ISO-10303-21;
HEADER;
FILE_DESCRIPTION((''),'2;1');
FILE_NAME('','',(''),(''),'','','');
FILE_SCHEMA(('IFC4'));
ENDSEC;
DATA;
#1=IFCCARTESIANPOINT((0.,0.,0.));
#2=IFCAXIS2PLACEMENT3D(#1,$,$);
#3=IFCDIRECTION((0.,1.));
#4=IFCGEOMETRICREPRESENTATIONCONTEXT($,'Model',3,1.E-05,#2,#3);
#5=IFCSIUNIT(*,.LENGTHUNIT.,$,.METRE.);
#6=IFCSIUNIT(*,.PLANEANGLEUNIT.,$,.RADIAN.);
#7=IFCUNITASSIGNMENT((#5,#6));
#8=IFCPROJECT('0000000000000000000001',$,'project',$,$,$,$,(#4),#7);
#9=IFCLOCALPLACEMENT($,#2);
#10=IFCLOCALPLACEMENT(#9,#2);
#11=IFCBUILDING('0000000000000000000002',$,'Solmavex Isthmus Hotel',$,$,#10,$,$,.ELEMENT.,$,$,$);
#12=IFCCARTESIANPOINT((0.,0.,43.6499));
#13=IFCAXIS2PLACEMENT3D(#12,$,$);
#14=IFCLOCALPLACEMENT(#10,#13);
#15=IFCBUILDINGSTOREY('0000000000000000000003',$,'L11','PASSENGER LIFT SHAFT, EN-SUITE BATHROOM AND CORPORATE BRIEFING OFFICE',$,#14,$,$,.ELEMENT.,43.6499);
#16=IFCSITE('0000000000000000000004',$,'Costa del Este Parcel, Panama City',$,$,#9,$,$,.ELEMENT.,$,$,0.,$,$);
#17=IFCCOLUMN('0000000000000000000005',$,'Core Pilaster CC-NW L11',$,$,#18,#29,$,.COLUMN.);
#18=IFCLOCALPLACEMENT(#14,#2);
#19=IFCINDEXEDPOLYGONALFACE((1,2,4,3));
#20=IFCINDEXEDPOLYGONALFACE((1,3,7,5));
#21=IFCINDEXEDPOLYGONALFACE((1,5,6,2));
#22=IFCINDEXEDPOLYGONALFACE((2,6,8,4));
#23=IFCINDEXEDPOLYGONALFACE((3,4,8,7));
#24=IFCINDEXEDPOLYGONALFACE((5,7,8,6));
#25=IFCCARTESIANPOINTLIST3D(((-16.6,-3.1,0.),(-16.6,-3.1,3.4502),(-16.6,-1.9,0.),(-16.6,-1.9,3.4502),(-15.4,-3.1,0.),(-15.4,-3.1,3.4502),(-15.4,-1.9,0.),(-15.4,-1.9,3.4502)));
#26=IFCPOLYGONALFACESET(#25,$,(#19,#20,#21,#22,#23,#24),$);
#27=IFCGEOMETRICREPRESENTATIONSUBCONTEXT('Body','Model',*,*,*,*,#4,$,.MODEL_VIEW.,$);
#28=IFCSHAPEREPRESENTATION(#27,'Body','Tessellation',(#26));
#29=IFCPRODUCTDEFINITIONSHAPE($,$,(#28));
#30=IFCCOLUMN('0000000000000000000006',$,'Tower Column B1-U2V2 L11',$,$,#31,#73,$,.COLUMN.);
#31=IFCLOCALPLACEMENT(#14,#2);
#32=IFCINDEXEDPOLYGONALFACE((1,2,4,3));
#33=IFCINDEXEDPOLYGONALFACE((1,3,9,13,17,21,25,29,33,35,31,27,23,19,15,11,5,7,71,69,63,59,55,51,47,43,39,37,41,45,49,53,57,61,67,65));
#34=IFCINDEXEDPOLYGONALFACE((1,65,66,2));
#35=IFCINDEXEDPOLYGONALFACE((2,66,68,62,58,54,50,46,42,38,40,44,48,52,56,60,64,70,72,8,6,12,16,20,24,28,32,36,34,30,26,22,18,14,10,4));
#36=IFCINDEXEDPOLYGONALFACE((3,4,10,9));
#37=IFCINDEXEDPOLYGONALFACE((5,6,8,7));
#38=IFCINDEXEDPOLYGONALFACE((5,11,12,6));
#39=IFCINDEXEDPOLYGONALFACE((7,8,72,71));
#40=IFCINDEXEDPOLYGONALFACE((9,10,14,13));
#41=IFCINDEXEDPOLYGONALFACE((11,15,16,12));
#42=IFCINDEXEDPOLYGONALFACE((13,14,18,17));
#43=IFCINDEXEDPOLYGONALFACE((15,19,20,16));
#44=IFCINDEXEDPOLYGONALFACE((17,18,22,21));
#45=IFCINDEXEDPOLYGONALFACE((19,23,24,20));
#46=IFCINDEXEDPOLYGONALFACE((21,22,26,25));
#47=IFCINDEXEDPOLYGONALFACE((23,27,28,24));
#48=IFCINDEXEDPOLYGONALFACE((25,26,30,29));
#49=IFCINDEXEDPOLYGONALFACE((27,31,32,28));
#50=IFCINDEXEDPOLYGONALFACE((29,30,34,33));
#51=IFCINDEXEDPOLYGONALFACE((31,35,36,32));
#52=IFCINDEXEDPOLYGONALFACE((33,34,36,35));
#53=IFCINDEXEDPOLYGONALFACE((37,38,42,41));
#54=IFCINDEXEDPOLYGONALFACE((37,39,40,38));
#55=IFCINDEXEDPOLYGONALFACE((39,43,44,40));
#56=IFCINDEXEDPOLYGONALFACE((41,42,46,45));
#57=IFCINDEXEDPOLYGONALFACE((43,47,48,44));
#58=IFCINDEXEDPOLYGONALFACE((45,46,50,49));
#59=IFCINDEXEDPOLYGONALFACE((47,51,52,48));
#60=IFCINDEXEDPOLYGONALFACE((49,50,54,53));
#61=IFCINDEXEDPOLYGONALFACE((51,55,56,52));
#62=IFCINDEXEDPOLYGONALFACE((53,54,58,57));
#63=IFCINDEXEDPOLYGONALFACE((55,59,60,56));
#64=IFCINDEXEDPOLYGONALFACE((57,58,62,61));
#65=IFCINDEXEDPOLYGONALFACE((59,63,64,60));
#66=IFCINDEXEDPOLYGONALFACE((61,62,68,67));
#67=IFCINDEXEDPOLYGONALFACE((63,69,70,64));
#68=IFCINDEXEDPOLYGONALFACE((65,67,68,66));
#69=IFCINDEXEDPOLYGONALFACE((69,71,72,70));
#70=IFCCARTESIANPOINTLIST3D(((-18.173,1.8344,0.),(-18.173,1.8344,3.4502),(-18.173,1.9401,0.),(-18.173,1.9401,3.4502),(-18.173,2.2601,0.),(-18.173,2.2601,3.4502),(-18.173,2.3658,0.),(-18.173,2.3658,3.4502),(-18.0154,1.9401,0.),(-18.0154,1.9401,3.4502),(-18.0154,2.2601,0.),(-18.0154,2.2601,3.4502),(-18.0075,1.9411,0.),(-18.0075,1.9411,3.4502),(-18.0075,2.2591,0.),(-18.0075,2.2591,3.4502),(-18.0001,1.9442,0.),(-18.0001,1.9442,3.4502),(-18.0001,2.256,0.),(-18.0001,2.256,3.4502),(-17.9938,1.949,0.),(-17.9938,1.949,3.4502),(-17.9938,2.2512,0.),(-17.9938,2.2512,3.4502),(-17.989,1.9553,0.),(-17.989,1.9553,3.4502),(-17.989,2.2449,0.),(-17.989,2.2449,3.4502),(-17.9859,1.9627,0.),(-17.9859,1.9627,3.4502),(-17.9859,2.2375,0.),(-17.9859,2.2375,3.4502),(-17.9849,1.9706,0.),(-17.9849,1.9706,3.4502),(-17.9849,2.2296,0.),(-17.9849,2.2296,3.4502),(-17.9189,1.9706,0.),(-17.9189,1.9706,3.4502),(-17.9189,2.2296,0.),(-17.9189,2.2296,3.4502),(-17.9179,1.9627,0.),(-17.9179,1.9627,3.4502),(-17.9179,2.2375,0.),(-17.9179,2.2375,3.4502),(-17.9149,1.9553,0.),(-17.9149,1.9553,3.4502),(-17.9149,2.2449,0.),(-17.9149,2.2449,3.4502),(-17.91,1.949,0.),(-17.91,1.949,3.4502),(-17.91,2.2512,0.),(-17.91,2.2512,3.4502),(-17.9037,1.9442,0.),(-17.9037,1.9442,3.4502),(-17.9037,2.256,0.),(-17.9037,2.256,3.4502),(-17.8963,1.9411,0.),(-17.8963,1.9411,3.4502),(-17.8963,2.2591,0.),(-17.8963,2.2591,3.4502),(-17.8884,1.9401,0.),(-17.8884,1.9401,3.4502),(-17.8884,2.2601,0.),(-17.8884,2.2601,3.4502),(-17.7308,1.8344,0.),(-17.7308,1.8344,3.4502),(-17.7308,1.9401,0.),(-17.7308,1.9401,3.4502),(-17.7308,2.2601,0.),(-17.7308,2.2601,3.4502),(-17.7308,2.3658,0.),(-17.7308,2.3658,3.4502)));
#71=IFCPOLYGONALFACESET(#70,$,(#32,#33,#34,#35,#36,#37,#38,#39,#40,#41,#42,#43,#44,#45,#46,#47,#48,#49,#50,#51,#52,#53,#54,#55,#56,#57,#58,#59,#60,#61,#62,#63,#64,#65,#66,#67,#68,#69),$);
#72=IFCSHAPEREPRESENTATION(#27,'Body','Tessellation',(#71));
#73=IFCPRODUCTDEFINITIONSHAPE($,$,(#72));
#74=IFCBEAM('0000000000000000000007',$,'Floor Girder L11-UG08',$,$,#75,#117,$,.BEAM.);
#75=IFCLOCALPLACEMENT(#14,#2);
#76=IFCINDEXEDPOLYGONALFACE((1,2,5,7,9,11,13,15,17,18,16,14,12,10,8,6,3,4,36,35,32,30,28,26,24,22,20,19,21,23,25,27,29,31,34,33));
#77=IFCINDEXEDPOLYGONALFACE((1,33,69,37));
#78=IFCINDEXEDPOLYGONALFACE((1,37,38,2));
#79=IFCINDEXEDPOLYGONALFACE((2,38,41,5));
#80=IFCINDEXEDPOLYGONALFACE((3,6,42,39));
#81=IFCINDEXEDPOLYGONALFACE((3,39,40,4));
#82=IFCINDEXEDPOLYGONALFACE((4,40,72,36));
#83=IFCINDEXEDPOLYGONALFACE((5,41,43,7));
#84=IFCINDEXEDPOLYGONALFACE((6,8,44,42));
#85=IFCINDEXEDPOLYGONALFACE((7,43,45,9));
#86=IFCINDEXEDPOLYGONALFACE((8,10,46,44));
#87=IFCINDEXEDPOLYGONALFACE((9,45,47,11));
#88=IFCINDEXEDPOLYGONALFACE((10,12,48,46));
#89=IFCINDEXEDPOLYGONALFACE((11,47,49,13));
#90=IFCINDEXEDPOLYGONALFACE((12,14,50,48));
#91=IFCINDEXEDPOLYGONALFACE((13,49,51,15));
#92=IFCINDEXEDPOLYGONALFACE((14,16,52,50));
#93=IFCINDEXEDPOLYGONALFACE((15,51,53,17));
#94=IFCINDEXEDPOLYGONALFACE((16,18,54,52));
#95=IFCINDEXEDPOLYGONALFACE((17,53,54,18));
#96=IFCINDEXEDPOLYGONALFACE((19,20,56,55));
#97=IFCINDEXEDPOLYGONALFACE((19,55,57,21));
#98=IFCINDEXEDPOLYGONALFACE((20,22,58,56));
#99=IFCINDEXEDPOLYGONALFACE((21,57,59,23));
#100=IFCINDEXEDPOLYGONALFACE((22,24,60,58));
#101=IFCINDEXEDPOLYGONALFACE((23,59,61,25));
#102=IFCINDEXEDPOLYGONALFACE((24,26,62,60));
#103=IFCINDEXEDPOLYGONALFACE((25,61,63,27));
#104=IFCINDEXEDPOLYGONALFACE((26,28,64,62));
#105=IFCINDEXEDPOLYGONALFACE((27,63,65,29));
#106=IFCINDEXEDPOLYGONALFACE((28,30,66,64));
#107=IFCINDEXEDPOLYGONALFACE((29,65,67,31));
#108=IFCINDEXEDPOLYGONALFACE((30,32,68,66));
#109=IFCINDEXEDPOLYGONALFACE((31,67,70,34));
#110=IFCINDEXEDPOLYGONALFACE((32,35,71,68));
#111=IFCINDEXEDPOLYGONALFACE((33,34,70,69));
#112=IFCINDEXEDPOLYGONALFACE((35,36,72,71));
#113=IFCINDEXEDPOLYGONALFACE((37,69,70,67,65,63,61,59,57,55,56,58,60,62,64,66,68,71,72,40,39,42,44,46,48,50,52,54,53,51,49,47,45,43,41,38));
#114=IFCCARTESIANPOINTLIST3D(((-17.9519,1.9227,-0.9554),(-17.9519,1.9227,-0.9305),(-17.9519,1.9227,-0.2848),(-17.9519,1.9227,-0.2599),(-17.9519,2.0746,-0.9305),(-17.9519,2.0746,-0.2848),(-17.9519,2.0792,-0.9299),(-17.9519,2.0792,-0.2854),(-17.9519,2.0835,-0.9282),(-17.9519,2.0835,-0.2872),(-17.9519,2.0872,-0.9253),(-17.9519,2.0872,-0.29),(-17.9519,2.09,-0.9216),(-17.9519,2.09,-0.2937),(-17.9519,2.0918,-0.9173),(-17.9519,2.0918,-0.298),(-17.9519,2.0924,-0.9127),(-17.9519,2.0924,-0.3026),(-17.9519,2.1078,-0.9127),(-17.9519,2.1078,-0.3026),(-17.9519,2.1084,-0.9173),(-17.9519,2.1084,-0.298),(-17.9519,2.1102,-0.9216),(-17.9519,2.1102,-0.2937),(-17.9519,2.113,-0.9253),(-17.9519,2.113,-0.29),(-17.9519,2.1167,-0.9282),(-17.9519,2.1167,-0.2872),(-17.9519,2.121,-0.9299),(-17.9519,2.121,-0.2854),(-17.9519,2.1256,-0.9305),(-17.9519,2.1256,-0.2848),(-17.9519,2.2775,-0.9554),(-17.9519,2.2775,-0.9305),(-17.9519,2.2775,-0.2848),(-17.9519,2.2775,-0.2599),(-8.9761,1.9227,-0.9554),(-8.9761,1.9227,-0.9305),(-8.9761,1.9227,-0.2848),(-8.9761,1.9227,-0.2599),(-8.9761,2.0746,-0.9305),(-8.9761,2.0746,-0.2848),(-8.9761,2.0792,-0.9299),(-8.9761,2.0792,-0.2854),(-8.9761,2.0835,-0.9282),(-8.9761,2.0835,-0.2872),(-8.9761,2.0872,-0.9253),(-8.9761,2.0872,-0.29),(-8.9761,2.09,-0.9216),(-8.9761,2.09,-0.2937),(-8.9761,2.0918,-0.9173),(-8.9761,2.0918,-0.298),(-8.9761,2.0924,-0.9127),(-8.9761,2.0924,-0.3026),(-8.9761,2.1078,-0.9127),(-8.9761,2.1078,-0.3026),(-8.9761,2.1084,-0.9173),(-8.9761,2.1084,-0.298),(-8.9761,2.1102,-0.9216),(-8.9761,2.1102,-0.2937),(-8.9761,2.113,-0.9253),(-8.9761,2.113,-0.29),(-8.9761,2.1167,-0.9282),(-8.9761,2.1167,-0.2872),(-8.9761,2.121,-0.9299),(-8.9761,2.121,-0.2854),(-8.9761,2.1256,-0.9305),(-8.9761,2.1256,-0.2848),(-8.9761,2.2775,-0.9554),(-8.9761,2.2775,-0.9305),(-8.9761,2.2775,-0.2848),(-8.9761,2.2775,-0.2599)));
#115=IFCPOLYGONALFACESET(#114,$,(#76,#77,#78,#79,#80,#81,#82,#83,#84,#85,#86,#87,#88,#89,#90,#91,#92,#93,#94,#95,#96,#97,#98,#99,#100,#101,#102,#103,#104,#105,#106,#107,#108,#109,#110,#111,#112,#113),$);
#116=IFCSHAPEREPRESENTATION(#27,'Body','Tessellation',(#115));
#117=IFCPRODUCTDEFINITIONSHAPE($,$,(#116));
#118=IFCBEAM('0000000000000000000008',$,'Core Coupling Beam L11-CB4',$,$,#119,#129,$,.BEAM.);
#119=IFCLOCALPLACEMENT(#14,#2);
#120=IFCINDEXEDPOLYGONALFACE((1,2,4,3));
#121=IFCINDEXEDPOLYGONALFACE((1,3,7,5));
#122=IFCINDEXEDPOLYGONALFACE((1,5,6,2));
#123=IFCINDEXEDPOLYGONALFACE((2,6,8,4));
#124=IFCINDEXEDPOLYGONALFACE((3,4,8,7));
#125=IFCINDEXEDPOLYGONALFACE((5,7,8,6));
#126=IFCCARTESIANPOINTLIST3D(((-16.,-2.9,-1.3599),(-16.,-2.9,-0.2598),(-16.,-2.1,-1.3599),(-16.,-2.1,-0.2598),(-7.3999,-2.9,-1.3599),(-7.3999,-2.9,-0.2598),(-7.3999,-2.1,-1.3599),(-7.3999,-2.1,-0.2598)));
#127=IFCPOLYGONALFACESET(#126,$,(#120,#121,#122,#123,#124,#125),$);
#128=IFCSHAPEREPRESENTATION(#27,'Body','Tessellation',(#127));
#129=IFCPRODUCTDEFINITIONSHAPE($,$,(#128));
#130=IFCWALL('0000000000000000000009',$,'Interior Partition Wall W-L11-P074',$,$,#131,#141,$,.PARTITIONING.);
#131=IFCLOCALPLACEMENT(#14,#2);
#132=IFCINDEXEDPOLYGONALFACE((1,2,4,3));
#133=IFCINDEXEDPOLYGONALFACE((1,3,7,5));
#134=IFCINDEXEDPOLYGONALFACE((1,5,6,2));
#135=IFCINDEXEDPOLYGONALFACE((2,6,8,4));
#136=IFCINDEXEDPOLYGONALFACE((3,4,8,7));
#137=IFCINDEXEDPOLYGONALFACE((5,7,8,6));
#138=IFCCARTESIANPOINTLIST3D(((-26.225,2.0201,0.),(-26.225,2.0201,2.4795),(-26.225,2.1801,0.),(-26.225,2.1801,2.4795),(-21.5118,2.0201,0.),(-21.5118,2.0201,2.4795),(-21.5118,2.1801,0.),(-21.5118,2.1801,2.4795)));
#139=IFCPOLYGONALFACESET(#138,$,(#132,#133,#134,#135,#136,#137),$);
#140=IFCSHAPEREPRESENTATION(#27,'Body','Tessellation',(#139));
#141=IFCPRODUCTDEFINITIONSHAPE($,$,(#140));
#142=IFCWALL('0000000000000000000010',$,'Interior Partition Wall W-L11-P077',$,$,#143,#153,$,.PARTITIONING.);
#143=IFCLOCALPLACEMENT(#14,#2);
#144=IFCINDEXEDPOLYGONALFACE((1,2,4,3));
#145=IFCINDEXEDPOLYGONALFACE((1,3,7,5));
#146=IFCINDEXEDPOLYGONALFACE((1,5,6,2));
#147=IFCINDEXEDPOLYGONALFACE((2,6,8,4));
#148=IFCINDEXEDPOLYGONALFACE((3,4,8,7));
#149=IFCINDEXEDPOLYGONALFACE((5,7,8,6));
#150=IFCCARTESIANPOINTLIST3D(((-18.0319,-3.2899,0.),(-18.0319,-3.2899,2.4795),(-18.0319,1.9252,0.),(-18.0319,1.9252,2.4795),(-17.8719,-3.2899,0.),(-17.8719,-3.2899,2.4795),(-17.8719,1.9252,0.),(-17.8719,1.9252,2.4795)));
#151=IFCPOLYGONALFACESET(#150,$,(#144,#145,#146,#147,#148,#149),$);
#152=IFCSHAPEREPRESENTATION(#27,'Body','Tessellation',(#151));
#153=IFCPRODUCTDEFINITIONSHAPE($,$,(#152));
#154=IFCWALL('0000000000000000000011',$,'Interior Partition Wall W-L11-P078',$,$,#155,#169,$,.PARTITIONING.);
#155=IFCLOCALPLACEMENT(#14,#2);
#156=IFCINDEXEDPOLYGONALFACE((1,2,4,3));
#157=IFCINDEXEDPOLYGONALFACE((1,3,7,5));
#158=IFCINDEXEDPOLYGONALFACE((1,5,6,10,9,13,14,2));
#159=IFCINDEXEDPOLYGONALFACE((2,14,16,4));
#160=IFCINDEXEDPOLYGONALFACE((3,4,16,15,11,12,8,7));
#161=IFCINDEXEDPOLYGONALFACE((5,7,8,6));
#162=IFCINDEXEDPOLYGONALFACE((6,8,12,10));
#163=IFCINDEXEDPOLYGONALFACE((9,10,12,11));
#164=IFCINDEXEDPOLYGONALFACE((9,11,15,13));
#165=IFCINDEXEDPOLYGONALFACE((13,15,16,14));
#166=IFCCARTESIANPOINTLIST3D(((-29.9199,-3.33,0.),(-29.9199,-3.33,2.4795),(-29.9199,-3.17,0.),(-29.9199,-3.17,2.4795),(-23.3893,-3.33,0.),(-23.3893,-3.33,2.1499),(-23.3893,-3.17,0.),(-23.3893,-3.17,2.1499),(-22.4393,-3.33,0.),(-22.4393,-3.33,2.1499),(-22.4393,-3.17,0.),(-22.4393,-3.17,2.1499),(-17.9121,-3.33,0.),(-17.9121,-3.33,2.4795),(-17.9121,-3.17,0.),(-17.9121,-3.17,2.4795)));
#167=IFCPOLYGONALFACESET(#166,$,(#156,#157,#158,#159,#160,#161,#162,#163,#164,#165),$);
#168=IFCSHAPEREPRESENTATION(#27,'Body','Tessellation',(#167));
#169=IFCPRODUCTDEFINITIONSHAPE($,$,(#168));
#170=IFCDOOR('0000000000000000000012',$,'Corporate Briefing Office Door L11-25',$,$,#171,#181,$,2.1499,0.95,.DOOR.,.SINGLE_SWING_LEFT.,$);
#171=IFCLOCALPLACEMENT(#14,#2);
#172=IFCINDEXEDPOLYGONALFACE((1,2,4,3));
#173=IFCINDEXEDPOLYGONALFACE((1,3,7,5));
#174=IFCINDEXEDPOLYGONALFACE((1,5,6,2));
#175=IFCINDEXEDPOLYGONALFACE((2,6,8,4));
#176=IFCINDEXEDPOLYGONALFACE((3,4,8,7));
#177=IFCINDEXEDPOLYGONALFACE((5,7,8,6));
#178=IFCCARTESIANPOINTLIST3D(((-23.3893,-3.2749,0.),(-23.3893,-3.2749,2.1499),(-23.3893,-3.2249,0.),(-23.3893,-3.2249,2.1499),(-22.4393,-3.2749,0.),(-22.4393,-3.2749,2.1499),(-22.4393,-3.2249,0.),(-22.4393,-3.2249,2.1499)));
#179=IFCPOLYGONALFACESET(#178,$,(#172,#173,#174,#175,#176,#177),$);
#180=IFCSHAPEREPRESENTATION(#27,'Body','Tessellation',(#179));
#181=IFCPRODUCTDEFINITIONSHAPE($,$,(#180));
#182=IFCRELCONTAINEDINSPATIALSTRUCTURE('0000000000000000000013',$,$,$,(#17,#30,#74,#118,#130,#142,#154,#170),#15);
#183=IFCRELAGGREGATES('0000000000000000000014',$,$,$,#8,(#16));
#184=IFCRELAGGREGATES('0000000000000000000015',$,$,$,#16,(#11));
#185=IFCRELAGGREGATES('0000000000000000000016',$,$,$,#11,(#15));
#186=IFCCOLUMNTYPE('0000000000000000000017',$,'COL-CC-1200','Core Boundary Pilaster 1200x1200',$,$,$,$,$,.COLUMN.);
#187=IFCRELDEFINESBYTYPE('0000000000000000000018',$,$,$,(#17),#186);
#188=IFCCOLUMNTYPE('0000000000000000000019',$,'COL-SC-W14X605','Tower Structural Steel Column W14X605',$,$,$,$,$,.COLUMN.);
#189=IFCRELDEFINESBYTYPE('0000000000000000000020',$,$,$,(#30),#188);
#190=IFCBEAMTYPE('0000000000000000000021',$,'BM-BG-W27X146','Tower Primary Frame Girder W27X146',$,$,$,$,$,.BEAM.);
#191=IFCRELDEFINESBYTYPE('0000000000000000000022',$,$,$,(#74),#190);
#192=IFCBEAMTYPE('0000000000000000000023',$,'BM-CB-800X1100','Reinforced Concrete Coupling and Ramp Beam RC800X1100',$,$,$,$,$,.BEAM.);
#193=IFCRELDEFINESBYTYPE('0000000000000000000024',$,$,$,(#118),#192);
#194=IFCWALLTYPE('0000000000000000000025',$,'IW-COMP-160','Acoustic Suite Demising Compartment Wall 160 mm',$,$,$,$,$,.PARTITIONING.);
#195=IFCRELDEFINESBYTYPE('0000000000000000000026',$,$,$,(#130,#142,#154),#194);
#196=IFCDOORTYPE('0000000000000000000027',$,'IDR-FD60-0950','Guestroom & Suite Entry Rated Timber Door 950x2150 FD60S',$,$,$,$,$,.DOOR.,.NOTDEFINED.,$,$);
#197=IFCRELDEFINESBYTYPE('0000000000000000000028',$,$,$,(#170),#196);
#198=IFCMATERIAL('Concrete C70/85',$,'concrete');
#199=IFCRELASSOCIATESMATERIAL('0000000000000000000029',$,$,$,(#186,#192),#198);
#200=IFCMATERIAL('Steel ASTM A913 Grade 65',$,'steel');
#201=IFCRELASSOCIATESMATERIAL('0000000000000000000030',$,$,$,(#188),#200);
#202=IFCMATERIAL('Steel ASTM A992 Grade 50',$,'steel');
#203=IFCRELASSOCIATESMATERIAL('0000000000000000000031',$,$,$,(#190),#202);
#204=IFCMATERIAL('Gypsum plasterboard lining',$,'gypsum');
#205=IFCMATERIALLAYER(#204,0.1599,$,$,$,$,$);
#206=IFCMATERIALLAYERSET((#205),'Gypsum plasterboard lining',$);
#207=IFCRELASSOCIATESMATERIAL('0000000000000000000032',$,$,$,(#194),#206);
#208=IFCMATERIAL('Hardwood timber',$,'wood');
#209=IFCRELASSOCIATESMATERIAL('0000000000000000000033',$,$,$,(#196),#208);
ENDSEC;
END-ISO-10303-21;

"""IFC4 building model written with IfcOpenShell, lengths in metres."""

from ifc_helpers import new_model, si_unit, direction, frame, frame_2d, origin, origin_2d, place, context, subcontext, project, spatial, rectangle, i_section, extrude, material, layer, layer_set, material_profile, profile_set, type_object, element, fill, save


model = new_model("IFC4")

# Units and contexts
model_context = context("Model", 3, precision=1e-05, world=origin(), true_north=direction((0.0, 1.0)))
body_context = subcontext(model_context, "Body", "Model", "MODEL_VIEW")
ifc_project = project(units=[si_unit("LENGTHUNIT", "METRE"), si_unit("PLANEANGLEUNIT", "RADIAN")], contexts=[model_context])

# Site, building, storey
site_placement = place(None, origin())
site = spatial("IfcSite", under=ifc_project, at=site_placement, Name="Costa del Este Parcel, Panama City", CompositionType="ELEMENT", RefElevation=0.0)
building_placement = place(site_placement, origin())
building = spatial("IfcBuilding", under=site, at=building_placement, Name="Solmavex Isthmus Hotel", CompositionType="ELEMENT")
storey_placement = place(building_placement, frame((0.0, 0.0, 43.6499)))
storey = spatial("IfcBuildingStorey", under=building, at=storey_placement, Name="L11", Description="PASSENGER LIFT SHAFT, EN-SUITE BATHROOM AND CORPORATE BRIEFING OFFICE", CompositionType="ELEMENT", Elevation=43.6499)

# Columns
ifc_material_1 = material(Name="Concrete C70/85", Category="concrete")
ifc_material_profile_1 = material_profile(ifc_material_1, rectangle(XDim=1.2, YDim=1.2, at=origin_2d()), Name="RC1200X1200")
ifc_profile_set_1 = profile_set([ifc_material_profile_1], Name="Concrete C70/85")
column_type_1 = type_object("IfcColumnType", Name="COL-CC-1200", Description="Core Boundary Pilaster 1200x1200", PredefinedType="COLUMN", material=ifc_profile_set_1)
column_1_placement = place(storey_placement, frame((-16.0, -2.5, 0.0), z_axis=(0.0, 0.0, 1.0), x_axis=(1.0, 0.0, 0.0)))
element("IfcColumn", 1, at=column_1_placement, inside=storey, type_object=column_type_1, Name="Core Pilaster CC-NW L11", PredefinedType="COLUMN", context=body_context, shape_type="SweptSolid", body=[
    extrude(rectangle(XDim=1.2, YDim=1.2, at=origin_2d()), origin(), (0.0, 0.0, 1.0), 3.4502),
])
ifc_material_2 = material(Name="Steel ASTM A913 Grade 65", Category="steel")
ifc_material_profile_2 = material_profile(ifc_material_2, i_section(OverallWidth=0.4421, OverallDepth=0.5315, WebThickness=0.0659, FlangeThickness=0.1057, FilletRadius=0.0305, at=origin_2d()), Name="W14X605")
ifc_profile_set_2 = profile_set([ifc_material_profile_2], Name="Steel ASTM A913 Grade 65")
column_type_2 = type_object("IfcColumnType", Name="COL-SC-W14X605", Description="Tower Structural Steel Column W14X605", PredefinedType="COLUMN", material=ifc_profile_set_2)
column_2_placement = place(storey_placement, frame((-17.9519, 2.1001, 0.0), z_axis=(0.0, 0.0, 1.0), x_axis=(1.0, 0.0, 0.0)))
element("IfcColumn", 2, at=column_2_placement, inside=storey, type_object=column_type_2, Name="Tower Column B1-U2V2 L11", PredefinedType="COLUMN", context=body_context, shape_type="SweptSolid", body=[
    extrude(i_section(OverallWidth=0.4421, OverallDepth=0.5315, WebThickness=0.0659, FlangeThickness=0.1057, FilletRadius=0.0305, at=origin_2d()), origin(), (0.0, 0.0, 1.0), 3.4502),
])

# Beams
ifc_material_3 = material(Name="Steel ASTM A992 Grade 50", Category="steel")
ifc_material_profile_3 = material_profile(ifc_material_3, i_section(OverallWidth=0.3547, OverallDepth=0.6956, WebThickness=0.0154, FlangeThickness=0.0249, FilletRadius=0.0178, at=origin_2d()), Name="W27X146")
ifc_profile_set_3 = profile_set([ifc_material_profile_3], Name="Steel ASTM A992 Grade 50")
beam_type_1 = type_object("IfcBeamType", Name="BM-BG-W27X146", Description="Tower Primary Frame Girder W27X146", PredefinedType="BEAM", material=ifc_profile_set_3)
beam_1_placement = place(storey_placement, frame((-17.9519, 2.1001, -0.6077), z_axis=(1.0, 0.0, 0.0), x_axis=(0.0, 1.0, 0.0)))
element("IfcBeam", 3, at=beam_1_placement, inside=storey, type_object=beam_type_1, Name="Floor Girder L11-UG08", PredefinedType="BEAM", context=body_context, shape_type="SweptSolid", body=[
    extrude(i_section(OverallWidth=0.3547, OverallDepth=0.6956, WebThickness=0.0154, FlangeThickness=0.0249, FilletRadius=0.0178, at=origin_2d()), origin(), (0.0, 0.0, 1.0), 8.9758),
])
ifc_material_profile_4 = material_profile(ifc_material_1, rectangle(XDim=0.8, YDim=1.1001, at=origin_2d()), Name="RC800X1100")
ifc_profile_set_4 = profile_set([ifc_material_profile_4], Name="Concrete C70/85")
beam_type_2 = type_object("IfcBeamType", Name="BM-CB-800X1100", Description="Reinforced Concrete Coupling and Ramp Beam RC800X1100", PredefinedType="BEAM", material=ifc_profile_set_4)
beam_2_placement = place(storey_placement, frame((-16.0, -2.5, -0.8098), z_axis=(1.0, 0.0, 0.0), x_axis=(0.0, 1.0, 0.0)))
element("IfcBeam", 4, at=beam_2_placement, inside=storey, type_object=beam_type_2, Name="Core Coupling Beam L11-CB4", PredefinedType="BEAM", context=body_context, shape_type="SweptSolid", body=[
    extrude(rectangle(XDim=0.8, YDim=1.1001, at=origin_2d()), origin(), (0.0, 0.0, 1.0), 8.6001),
])

# Walls
ifc_material_4 = material(Name="Gypsum plasterboard lining", Category="gypsum")
ifc_layer_1 = layer(ifc_material_4, 0.1599)
ifc_layer_set_1 = layer_set([ifc_layer_1], Name="Gypsum plasterboard lining")
wall_type_1 = type_object("IfcWallType", Name="IW-COMP-160", Description="Acoustic Suite Demising Compartment Wall 160 mm", PredefinedType="PARTITIONING", material=ifc_layer_set_1)
wall_1_placement = place(storey_placement, frame((-21.512, 2.1001, 0.0), z_axis=(0.0, 0.0, 1.0), x_axis=(-1.0, 0.0, 0.0)))
element("IfcWall", 5, at=wall_1_placement, inside=storey, type_object=wall_type_1, Name="Interior Partition Wall W-L11-P074", PredefinedType="PARTITIONING", context=body_context, shape_type="SweptSolid", body=[
    extrude(rectangle(XDim=4.7131, YDim=0.1599, at=frame_2d((2.3564, 0.0))), origin(), (0.0, 0.0, 1.0), 2.4795),
])
wall_2_placement = place(storey_placement, frame((-17.9519, 1.925, 0.0), z_axis=(0.0, 0.0, 1.0), x_axis=(0.0, -1.0, 0.0)))
element("IfcWall", 6, at=wall_2_placement, inside=storey, type_object=wall_type_1, Name="Interior Partition Wall W-L11-P077", PredefinedType="PARTITIONING", context=body_context, shape_type="SweptSolid", body=[
    extrude(rectangle(XDim=5.2151, YDim=0.1599, at=frame_2d((2.6074, 0.0))), origin(), (0.0, 0.0, 1.0), 2.4795),
])

# Wall, opening, door
wall_3_placement = place(storey_placement, frame((-17.9121, -3.25, 0.0), z_axis=(0.0, 0.0, 1.0), x_axis=(-1.0, 0.0, 0.0)))
wall_3 = element("IfcWall", 7, at=wall_3_placement, inside=storey, type_object=wall_type_1, Name="Interior Partition Wall W-L11-P078", PredefinedType="PARTITIONING", context=body_context, shape_type="SweptSolid", body=[
    extrude(rectangle(XDim=12.0078, YDim=0.1599, at=frame_2d((6.0039, 0.0))), origin(), (0.0, 0.0, 1.0), 2.4795),
])
opening_1_placement = place(wall_3_placement, frame((4.5271, 0.0, 0.0)))
opening_1 = element("IfcOpeningElement", 8, at=opening_1_placement, cuts=wall_3, PredefinedType="OPENING", context=body_context, shape_type="SweptSolid", body=[
    extrude(rectangle(XDim=0.95, YDim=2.1499, at=frame_2d((0.4751, 1.075))), frame((0.0, 0.0898, 0.0), z_axis=(0.0, -1.0, 0.0), x_axis=(1.0, 0.0, 0.0)), (0.0, 0.0, 1.0), 0.1799),
])
ifc_material_5 = material(Name="Hardwood timber", Category="wood")
door_type_1 = type_object("IfcDoorType", Name="IDR-FD60-0950", Description="Guestroom & Suite Entry Rated Timber Door 950x2150 FD60S", OperationType="NOTDEFINED", PredefinedType="DOOR", material=ifc_material_5)
door_1_placement = place(opening_1_placement, origin())
door_1 = element("IfcDoor", 9, at=door_1_placement, inside=storey, type_object=door_type_1, Name="Corporate Briefing Office Door L11-25", OperationType="SINGLE_SWING_LEFT", OverallHeight=2.1499, OverallWidth=0.95, PredefinedType="DOOR", context=body_context, shape_type="SweptSolid", body=[
    extrude(rectangle(XDim=0.95, YDim=2.1499, at=frame_2d((0.4751, 1.075))), frame((0.0, 0.0249, 0.0), z_axis=(0.0, -1.0, 0.0), x_axis=(1.0, 0.0, 0.0)), (0.0, 0.0, 1.0), 0.05),
])
fill(opening_1, door_1)

save(model, "model.ifc")
